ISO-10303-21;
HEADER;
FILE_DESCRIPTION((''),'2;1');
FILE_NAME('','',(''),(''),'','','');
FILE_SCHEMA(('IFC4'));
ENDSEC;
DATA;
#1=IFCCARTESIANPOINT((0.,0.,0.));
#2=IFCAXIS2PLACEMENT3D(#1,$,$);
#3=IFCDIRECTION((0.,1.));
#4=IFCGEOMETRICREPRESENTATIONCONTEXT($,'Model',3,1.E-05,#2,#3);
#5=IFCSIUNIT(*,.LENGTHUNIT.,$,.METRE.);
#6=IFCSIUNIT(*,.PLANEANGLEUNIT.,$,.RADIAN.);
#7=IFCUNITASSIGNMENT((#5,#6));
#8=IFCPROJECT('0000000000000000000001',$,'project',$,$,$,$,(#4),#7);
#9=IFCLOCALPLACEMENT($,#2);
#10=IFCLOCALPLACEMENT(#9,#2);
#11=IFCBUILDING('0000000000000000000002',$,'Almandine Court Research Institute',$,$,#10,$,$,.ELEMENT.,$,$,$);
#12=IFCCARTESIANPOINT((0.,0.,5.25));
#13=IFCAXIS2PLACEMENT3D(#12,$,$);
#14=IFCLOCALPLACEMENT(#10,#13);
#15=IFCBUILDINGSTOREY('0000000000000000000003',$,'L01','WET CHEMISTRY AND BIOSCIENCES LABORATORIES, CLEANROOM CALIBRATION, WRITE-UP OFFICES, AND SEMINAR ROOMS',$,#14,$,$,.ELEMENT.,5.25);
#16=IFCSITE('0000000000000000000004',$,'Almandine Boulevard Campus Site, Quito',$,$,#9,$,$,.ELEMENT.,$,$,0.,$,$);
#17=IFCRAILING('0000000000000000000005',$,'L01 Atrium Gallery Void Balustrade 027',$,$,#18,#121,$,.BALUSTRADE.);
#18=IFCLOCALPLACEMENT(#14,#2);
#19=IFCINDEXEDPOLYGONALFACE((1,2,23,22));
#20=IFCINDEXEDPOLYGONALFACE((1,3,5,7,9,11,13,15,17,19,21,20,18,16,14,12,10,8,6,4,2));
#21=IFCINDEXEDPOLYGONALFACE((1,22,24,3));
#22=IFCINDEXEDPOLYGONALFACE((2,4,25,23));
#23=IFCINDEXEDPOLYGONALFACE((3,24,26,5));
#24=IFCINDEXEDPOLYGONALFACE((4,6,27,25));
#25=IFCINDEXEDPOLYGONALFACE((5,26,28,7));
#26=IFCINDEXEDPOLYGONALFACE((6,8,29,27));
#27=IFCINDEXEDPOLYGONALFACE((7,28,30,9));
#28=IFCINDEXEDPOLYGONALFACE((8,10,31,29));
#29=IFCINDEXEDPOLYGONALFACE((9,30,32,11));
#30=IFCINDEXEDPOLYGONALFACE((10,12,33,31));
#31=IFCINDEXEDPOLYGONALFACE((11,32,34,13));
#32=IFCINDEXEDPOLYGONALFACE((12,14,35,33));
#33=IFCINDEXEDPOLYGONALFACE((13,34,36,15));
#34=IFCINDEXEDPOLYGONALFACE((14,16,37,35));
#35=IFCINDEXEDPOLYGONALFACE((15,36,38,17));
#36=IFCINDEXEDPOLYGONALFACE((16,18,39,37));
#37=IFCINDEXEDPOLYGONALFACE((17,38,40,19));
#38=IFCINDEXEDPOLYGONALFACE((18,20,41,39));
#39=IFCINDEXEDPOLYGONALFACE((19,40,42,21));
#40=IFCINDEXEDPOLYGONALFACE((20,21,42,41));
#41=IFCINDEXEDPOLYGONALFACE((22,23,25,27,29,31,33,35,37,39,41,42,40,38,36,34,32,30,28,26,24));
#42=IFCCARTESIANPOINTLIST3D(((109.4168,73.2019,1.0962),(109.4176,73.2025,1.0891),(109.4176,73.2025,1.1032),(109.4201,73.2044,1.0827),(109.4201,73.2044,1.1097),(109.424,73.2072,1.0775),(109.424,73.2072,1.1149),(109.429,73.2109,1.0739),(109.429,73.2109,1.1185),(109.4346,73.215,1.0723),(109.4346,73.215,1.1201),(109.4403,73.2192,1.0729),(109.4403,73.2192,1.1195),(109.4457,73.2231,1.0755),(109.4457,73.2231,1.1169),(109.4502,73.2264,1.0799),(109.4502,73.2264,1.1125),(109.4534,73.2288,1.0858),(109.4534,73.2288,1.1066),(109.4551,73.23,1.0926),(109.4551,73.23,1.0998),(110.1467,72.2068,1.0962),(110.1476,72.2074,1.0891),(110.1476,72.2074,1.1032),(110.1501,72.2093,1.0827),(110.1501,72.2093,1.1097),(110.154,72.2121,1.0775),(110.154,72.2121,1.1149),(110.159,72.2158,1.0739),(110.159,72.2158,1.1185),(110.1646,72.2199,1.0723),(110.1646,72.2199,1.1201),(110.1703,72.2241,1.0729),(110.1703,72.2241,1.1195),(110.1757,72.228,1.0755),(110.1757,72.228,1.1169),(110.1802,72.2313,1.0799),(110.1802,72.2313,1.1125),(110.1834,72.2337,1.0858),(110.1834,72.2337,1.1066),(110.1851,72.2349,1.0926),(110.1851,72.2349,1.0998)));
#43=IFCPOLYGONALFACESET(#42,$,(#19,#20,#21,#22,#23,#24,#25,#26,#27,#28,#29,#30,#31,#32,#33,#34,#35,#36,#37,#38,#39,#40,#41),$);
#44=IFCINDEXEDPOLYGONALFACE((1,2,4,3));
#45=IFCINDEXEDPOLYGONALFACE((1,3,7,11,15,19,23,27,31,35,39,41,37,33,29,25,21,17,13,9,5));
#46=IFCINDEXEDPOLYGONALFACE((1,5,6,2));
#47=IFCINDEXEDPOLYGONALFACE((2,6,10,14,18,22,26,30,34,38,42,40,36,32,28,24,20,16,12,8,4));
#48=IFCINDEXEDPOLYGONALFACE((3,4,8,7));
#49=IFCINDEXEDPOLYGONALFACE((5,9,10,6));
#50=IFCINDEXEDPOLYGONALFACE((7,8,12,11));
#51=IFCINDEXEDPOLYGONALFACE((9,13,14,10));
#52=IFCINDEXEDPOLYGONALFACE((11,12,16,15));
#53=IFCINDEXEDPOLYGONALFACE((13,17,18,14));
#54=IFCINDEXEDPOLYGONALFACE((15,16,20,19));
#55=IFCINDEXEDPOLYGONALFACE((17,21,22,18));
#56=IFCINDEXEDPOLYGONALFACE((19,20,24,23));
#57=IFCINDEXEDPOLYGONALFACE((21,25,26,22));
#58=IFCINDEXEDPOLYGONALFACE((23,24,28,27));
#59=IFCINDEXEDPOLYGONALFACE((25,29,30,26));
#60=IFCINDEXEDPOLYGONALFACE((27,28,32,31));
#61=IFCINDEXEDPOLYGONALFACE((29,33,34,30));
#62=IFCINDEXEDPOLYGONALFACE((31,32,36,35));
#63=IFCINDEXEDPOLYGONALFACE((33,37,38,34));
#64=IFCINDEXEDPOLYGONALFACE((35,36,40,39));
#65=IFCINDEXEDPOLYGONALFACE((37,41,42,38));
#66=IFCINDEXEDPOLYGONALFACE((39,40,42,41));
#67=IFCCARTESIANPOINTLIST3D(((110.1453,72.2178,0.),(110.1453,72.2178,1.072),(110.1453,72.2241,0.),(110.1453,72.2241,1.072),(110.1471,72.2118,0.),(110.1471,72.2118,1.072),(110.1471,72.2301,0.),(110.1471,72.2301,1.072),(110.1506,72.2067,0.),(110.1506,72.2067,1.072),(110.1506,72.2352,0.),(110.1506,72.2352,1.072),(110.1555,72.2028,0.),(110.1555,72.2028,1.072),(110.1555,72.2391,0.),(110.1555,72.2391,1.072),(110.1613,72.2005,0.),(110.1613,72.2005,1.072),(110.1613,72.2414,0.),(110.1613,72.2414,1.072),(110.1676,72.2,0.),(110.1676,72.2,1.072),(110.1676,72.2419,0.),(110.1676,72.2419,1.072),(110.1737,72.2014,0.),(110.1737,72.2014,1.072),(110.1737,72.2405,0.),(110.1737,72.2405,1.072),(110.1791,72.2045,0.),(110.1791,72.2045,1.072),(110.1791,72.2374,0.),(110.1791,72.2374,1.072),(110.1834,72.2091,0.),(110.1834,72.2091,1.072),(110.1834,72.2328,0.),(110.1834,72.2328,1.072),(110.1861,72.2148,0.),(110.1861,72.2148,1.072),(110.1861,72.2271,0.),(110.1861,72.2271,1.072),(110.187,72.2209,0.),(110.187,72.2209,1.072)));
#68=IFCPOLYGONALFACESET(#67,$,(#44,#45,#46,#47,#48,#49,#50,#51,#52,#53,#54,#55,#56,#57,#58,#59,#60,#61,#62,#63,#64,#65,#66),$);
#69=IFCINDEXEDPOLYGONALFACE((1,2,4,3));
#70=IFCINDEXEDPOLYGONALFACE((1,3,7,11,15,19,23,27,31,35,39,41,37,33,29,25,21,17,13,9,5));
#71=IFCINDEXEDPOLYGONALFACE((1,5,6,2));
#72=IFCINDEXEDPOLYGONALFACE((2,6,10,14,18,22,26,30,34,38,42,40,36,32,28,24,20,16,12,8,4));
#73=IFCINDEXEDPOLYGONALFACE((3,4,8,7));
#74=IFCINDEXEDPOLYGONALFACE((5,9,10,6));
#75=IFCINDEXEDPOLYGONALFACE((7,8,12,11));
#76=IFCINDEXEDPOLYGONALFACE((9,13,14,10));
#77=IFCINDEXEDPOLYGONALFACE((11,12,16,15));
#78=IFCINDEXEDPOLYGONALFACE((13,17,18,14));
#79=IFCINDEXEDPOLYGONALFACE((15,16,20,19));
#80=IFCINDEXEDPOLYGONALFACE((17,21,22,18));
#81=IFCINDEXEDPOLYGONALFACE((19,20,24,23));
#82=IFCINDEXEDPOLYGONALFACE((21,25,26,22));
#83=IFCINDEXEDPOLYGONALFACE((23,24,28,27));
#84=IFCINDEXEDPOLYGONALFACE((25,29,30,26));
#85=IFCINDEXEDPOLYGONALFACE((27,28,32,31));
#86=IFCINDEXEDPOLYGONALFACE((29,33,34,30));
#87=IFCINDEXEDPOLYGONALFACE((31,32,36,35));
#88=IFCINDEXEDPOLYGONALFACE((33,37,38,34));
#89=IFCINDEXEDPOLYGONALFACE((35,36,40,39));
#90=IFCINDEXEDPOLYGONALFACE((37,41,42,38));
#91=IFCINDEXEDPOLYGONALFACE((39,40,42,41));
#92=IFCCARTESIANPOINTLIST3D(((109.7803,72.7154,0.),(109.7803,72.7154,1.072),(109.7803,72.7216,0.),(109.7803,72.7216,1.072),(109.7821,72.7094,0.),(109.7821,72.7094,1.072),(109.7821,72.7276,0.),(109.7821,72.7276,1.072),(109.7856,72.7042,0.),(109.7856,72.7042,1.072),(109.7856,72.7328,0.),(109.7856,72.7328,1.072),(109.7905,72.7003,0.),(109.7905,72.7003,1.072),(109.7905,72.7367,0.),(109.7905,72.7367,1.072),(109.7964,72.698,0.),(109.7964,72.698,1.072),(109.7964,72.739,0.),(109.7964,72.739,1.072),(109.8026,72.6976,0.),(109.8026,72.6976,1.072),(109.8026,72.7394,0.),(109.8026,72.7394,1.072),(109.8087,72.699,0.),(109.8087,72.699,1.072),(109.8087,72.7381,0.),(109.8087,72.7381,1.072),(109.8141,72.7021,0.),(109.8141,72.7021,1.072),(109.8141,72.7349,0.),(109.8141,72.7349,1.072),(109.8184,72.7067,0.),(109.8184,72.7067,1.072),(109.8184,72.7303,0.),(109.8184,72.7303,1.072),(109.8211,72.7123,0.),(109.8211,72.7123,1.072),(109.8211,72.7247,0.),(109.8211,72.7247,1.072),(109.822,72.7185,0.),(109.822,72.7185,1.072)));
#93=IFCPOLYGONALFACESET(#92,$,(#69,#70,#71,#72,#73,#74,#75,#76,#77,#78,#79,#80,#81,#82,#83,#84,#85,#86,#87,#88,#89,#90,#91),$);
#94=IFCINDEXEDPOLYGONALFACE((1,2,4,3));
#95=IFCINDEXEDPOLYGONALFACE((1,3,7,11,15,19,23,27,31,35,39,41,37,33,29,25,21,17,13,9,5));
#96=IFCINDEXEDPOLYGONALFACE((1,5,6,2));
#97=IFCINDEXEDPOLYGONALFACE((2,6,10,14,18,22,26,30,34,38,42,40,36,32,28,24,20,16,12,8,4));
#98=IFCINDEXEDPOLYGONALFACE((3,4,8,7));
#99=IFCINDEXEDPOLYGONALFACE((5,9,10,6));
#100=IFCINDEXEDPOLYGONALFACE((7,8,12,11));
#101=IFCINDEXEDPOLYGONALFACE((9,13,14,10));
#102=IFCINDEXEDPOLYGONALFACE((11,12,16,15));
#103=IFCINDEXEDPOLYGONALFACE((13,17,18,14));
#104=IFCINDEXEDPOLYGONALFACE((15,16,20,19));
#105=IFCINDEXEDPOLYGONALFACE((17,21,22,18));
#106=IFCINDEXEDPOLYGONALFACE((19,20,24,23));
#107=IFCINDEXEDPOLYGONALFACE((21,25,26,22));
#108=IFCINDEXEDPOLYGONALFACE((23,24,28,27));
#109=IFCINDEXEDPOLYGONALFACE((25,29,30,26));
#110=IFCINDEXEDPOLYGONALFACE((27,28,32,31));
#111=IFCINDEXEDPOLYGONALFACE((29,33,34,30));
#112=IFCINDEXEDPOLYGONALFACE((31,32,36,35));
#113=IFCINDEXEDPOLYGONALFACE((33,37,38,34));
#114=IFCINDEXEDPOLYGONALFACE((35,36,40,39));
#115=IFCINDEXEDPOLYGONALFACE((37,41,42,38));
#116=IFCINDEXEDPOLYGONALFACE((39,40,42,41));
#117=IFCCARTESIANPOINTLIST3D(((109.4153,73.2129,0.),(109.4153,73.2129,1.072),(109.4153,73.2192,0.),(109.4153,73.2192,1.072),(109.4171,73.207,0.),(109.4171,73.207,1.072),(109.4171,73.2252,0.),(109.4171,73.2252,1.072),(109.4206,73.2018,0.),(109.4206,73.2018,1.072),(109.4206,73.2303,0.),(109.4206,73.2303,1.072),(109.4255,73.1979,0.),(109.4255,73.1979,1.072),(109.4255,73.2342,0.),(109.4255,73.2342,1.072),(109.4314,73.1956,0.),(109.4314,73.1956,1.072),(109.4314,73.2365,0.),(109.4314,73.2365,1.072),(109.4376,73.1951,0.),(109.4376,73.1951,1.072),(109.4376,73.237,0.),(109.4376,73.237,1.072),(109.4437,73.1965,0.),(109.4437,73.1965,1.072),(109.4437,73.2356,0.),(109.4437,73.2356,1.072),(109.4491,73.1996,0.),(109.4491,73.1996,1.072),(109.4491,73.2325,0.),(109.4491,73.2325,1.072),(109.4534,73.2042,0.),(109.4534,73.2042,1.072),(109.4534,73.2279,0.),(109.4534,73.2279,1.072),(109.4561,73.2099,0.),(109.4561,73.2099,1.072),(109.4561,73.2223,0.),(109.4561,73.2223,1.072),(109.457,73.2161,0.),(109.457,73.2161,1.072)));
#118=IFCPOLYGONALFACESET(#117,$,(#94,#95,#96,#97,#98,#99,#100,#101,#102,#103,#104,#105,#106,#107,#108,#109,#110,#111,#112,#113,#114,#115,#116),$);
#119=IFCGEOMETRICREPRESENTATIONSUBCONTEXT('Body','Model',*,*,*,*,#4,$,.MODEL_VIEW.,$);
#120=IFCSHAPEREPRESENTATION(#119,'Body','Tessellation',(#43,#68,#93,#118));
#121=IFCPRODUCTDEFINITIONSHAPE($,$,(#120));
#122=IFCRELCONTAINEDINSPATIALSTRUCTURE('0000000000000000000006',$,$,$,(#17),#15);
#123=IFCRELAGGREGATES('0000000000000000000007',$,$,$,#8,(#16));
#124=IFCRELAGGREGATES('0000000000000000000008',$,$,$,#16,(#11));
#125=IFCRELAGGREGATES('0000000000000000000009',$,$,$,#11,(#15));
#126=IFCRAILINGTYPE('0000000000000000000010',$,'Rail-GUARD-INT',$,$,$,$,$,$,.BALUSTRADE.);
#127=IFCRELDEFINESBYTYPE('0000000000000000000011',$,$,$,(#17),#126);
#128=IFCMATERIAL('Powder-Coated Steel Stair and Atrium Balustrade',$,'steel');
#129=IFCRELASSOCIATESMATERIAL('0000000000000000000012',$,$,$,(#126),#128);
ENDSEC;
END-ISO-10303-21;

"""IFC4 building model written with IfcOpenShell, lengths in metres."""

from ifc_helpers import new_model, si_unit, direction, frame, origin, origin_2d, place, context, subcontext, project, spatial, circle, extrude, material, type_object, element, save


model = new_model("IFC4")

# Units and contexts
model_context = context("Model", 3, precision=1e-05, world=origin(), true_north=direction((0.0, 1.0)))
body_context = subcontext(model_context, "Body", "Model", "MODEL_VIEW")
ifc_project = project(units=[si_unit("LENGTHUNIT", "METRE"), si_unit("PLANEANGLEUNIT", "RADIAN")], contexts=[model_context])

# Site, building, storey
site_placement = place(None, origin())
site = spatial("IfcSite", under=ifc_project, at=site_placement, Name="Almandine Boulevard Campus Site, Quito", CompositionType="ELEMENT", RefElevation=0.0)
building_placement = place(site_placement, origin())
building = spatial("IfcBuilding", under=site, at=building_placement, Name="Almandine Court Research Institute", CompositionType="ELEMENT")
storey_placement = place(building_placement, frame((0.0, 0.0, 5.25)))
storey = spatial("IfcBuildingStorey", under=building, at=storey_placement, Name="L01", Description="WET CHEMISTRY AND BIOSCIENCES LABORATORIES, CLEANROOM CALIBRATION, WRITE-UP OFFICES, AND SEMINAR ROOMS", CompositionType="ELEMENT", Elevation=5.25)

# Railing
ifc_material_1 = material(Name="Powder-Coated Steel Stair and Atrium Balustrade", Category="steel")
railing_type = type_object("IfcRailingType", Name="Rail-GUARD-INT", PredefinedType="BALUSTRADE", material=ifc_material_1)
railing_1_placement = place(storey_placement, frame((110.166, 72.2209, 0.0)))
element("IfcRailing", 1, at=railing_1_placement, inside=storey, type_object=railing_type, Name="L01 Atrium Gallery Void Balustrade 027", PredefinedType="BALUSTRADE", context=body_context, shape_type="SweptSolid", body=[
    extrude(circle(Radius=0.0239, at=origin_2d()), frame((0.0, 0.0, 1.0962), z_axis=(-0.591484, 0.806317, 0.0), x_axis=(-0.806317, -0.591484, 0.0)), (0.0, 0.0, 1.0), 1.2341),
    extrude(circle(Radius=0.021, at=origin_2d()), origin(), (0.0, 0.0, 1.0), 1.072),
    extrude(circle(Radius=0.021, at=origin_2d()), frame((-0.365, 0.4976, 0.0)), (0.0, 0.0, 1.0), 1.072),
    extrude(circle(Radius=0.021, at=origin_2d()), frame((-0.73, 0.9951, 0.0)), (0.0, 0.0, 1.0), 1.072),
])

save(model, "model.ifc")
